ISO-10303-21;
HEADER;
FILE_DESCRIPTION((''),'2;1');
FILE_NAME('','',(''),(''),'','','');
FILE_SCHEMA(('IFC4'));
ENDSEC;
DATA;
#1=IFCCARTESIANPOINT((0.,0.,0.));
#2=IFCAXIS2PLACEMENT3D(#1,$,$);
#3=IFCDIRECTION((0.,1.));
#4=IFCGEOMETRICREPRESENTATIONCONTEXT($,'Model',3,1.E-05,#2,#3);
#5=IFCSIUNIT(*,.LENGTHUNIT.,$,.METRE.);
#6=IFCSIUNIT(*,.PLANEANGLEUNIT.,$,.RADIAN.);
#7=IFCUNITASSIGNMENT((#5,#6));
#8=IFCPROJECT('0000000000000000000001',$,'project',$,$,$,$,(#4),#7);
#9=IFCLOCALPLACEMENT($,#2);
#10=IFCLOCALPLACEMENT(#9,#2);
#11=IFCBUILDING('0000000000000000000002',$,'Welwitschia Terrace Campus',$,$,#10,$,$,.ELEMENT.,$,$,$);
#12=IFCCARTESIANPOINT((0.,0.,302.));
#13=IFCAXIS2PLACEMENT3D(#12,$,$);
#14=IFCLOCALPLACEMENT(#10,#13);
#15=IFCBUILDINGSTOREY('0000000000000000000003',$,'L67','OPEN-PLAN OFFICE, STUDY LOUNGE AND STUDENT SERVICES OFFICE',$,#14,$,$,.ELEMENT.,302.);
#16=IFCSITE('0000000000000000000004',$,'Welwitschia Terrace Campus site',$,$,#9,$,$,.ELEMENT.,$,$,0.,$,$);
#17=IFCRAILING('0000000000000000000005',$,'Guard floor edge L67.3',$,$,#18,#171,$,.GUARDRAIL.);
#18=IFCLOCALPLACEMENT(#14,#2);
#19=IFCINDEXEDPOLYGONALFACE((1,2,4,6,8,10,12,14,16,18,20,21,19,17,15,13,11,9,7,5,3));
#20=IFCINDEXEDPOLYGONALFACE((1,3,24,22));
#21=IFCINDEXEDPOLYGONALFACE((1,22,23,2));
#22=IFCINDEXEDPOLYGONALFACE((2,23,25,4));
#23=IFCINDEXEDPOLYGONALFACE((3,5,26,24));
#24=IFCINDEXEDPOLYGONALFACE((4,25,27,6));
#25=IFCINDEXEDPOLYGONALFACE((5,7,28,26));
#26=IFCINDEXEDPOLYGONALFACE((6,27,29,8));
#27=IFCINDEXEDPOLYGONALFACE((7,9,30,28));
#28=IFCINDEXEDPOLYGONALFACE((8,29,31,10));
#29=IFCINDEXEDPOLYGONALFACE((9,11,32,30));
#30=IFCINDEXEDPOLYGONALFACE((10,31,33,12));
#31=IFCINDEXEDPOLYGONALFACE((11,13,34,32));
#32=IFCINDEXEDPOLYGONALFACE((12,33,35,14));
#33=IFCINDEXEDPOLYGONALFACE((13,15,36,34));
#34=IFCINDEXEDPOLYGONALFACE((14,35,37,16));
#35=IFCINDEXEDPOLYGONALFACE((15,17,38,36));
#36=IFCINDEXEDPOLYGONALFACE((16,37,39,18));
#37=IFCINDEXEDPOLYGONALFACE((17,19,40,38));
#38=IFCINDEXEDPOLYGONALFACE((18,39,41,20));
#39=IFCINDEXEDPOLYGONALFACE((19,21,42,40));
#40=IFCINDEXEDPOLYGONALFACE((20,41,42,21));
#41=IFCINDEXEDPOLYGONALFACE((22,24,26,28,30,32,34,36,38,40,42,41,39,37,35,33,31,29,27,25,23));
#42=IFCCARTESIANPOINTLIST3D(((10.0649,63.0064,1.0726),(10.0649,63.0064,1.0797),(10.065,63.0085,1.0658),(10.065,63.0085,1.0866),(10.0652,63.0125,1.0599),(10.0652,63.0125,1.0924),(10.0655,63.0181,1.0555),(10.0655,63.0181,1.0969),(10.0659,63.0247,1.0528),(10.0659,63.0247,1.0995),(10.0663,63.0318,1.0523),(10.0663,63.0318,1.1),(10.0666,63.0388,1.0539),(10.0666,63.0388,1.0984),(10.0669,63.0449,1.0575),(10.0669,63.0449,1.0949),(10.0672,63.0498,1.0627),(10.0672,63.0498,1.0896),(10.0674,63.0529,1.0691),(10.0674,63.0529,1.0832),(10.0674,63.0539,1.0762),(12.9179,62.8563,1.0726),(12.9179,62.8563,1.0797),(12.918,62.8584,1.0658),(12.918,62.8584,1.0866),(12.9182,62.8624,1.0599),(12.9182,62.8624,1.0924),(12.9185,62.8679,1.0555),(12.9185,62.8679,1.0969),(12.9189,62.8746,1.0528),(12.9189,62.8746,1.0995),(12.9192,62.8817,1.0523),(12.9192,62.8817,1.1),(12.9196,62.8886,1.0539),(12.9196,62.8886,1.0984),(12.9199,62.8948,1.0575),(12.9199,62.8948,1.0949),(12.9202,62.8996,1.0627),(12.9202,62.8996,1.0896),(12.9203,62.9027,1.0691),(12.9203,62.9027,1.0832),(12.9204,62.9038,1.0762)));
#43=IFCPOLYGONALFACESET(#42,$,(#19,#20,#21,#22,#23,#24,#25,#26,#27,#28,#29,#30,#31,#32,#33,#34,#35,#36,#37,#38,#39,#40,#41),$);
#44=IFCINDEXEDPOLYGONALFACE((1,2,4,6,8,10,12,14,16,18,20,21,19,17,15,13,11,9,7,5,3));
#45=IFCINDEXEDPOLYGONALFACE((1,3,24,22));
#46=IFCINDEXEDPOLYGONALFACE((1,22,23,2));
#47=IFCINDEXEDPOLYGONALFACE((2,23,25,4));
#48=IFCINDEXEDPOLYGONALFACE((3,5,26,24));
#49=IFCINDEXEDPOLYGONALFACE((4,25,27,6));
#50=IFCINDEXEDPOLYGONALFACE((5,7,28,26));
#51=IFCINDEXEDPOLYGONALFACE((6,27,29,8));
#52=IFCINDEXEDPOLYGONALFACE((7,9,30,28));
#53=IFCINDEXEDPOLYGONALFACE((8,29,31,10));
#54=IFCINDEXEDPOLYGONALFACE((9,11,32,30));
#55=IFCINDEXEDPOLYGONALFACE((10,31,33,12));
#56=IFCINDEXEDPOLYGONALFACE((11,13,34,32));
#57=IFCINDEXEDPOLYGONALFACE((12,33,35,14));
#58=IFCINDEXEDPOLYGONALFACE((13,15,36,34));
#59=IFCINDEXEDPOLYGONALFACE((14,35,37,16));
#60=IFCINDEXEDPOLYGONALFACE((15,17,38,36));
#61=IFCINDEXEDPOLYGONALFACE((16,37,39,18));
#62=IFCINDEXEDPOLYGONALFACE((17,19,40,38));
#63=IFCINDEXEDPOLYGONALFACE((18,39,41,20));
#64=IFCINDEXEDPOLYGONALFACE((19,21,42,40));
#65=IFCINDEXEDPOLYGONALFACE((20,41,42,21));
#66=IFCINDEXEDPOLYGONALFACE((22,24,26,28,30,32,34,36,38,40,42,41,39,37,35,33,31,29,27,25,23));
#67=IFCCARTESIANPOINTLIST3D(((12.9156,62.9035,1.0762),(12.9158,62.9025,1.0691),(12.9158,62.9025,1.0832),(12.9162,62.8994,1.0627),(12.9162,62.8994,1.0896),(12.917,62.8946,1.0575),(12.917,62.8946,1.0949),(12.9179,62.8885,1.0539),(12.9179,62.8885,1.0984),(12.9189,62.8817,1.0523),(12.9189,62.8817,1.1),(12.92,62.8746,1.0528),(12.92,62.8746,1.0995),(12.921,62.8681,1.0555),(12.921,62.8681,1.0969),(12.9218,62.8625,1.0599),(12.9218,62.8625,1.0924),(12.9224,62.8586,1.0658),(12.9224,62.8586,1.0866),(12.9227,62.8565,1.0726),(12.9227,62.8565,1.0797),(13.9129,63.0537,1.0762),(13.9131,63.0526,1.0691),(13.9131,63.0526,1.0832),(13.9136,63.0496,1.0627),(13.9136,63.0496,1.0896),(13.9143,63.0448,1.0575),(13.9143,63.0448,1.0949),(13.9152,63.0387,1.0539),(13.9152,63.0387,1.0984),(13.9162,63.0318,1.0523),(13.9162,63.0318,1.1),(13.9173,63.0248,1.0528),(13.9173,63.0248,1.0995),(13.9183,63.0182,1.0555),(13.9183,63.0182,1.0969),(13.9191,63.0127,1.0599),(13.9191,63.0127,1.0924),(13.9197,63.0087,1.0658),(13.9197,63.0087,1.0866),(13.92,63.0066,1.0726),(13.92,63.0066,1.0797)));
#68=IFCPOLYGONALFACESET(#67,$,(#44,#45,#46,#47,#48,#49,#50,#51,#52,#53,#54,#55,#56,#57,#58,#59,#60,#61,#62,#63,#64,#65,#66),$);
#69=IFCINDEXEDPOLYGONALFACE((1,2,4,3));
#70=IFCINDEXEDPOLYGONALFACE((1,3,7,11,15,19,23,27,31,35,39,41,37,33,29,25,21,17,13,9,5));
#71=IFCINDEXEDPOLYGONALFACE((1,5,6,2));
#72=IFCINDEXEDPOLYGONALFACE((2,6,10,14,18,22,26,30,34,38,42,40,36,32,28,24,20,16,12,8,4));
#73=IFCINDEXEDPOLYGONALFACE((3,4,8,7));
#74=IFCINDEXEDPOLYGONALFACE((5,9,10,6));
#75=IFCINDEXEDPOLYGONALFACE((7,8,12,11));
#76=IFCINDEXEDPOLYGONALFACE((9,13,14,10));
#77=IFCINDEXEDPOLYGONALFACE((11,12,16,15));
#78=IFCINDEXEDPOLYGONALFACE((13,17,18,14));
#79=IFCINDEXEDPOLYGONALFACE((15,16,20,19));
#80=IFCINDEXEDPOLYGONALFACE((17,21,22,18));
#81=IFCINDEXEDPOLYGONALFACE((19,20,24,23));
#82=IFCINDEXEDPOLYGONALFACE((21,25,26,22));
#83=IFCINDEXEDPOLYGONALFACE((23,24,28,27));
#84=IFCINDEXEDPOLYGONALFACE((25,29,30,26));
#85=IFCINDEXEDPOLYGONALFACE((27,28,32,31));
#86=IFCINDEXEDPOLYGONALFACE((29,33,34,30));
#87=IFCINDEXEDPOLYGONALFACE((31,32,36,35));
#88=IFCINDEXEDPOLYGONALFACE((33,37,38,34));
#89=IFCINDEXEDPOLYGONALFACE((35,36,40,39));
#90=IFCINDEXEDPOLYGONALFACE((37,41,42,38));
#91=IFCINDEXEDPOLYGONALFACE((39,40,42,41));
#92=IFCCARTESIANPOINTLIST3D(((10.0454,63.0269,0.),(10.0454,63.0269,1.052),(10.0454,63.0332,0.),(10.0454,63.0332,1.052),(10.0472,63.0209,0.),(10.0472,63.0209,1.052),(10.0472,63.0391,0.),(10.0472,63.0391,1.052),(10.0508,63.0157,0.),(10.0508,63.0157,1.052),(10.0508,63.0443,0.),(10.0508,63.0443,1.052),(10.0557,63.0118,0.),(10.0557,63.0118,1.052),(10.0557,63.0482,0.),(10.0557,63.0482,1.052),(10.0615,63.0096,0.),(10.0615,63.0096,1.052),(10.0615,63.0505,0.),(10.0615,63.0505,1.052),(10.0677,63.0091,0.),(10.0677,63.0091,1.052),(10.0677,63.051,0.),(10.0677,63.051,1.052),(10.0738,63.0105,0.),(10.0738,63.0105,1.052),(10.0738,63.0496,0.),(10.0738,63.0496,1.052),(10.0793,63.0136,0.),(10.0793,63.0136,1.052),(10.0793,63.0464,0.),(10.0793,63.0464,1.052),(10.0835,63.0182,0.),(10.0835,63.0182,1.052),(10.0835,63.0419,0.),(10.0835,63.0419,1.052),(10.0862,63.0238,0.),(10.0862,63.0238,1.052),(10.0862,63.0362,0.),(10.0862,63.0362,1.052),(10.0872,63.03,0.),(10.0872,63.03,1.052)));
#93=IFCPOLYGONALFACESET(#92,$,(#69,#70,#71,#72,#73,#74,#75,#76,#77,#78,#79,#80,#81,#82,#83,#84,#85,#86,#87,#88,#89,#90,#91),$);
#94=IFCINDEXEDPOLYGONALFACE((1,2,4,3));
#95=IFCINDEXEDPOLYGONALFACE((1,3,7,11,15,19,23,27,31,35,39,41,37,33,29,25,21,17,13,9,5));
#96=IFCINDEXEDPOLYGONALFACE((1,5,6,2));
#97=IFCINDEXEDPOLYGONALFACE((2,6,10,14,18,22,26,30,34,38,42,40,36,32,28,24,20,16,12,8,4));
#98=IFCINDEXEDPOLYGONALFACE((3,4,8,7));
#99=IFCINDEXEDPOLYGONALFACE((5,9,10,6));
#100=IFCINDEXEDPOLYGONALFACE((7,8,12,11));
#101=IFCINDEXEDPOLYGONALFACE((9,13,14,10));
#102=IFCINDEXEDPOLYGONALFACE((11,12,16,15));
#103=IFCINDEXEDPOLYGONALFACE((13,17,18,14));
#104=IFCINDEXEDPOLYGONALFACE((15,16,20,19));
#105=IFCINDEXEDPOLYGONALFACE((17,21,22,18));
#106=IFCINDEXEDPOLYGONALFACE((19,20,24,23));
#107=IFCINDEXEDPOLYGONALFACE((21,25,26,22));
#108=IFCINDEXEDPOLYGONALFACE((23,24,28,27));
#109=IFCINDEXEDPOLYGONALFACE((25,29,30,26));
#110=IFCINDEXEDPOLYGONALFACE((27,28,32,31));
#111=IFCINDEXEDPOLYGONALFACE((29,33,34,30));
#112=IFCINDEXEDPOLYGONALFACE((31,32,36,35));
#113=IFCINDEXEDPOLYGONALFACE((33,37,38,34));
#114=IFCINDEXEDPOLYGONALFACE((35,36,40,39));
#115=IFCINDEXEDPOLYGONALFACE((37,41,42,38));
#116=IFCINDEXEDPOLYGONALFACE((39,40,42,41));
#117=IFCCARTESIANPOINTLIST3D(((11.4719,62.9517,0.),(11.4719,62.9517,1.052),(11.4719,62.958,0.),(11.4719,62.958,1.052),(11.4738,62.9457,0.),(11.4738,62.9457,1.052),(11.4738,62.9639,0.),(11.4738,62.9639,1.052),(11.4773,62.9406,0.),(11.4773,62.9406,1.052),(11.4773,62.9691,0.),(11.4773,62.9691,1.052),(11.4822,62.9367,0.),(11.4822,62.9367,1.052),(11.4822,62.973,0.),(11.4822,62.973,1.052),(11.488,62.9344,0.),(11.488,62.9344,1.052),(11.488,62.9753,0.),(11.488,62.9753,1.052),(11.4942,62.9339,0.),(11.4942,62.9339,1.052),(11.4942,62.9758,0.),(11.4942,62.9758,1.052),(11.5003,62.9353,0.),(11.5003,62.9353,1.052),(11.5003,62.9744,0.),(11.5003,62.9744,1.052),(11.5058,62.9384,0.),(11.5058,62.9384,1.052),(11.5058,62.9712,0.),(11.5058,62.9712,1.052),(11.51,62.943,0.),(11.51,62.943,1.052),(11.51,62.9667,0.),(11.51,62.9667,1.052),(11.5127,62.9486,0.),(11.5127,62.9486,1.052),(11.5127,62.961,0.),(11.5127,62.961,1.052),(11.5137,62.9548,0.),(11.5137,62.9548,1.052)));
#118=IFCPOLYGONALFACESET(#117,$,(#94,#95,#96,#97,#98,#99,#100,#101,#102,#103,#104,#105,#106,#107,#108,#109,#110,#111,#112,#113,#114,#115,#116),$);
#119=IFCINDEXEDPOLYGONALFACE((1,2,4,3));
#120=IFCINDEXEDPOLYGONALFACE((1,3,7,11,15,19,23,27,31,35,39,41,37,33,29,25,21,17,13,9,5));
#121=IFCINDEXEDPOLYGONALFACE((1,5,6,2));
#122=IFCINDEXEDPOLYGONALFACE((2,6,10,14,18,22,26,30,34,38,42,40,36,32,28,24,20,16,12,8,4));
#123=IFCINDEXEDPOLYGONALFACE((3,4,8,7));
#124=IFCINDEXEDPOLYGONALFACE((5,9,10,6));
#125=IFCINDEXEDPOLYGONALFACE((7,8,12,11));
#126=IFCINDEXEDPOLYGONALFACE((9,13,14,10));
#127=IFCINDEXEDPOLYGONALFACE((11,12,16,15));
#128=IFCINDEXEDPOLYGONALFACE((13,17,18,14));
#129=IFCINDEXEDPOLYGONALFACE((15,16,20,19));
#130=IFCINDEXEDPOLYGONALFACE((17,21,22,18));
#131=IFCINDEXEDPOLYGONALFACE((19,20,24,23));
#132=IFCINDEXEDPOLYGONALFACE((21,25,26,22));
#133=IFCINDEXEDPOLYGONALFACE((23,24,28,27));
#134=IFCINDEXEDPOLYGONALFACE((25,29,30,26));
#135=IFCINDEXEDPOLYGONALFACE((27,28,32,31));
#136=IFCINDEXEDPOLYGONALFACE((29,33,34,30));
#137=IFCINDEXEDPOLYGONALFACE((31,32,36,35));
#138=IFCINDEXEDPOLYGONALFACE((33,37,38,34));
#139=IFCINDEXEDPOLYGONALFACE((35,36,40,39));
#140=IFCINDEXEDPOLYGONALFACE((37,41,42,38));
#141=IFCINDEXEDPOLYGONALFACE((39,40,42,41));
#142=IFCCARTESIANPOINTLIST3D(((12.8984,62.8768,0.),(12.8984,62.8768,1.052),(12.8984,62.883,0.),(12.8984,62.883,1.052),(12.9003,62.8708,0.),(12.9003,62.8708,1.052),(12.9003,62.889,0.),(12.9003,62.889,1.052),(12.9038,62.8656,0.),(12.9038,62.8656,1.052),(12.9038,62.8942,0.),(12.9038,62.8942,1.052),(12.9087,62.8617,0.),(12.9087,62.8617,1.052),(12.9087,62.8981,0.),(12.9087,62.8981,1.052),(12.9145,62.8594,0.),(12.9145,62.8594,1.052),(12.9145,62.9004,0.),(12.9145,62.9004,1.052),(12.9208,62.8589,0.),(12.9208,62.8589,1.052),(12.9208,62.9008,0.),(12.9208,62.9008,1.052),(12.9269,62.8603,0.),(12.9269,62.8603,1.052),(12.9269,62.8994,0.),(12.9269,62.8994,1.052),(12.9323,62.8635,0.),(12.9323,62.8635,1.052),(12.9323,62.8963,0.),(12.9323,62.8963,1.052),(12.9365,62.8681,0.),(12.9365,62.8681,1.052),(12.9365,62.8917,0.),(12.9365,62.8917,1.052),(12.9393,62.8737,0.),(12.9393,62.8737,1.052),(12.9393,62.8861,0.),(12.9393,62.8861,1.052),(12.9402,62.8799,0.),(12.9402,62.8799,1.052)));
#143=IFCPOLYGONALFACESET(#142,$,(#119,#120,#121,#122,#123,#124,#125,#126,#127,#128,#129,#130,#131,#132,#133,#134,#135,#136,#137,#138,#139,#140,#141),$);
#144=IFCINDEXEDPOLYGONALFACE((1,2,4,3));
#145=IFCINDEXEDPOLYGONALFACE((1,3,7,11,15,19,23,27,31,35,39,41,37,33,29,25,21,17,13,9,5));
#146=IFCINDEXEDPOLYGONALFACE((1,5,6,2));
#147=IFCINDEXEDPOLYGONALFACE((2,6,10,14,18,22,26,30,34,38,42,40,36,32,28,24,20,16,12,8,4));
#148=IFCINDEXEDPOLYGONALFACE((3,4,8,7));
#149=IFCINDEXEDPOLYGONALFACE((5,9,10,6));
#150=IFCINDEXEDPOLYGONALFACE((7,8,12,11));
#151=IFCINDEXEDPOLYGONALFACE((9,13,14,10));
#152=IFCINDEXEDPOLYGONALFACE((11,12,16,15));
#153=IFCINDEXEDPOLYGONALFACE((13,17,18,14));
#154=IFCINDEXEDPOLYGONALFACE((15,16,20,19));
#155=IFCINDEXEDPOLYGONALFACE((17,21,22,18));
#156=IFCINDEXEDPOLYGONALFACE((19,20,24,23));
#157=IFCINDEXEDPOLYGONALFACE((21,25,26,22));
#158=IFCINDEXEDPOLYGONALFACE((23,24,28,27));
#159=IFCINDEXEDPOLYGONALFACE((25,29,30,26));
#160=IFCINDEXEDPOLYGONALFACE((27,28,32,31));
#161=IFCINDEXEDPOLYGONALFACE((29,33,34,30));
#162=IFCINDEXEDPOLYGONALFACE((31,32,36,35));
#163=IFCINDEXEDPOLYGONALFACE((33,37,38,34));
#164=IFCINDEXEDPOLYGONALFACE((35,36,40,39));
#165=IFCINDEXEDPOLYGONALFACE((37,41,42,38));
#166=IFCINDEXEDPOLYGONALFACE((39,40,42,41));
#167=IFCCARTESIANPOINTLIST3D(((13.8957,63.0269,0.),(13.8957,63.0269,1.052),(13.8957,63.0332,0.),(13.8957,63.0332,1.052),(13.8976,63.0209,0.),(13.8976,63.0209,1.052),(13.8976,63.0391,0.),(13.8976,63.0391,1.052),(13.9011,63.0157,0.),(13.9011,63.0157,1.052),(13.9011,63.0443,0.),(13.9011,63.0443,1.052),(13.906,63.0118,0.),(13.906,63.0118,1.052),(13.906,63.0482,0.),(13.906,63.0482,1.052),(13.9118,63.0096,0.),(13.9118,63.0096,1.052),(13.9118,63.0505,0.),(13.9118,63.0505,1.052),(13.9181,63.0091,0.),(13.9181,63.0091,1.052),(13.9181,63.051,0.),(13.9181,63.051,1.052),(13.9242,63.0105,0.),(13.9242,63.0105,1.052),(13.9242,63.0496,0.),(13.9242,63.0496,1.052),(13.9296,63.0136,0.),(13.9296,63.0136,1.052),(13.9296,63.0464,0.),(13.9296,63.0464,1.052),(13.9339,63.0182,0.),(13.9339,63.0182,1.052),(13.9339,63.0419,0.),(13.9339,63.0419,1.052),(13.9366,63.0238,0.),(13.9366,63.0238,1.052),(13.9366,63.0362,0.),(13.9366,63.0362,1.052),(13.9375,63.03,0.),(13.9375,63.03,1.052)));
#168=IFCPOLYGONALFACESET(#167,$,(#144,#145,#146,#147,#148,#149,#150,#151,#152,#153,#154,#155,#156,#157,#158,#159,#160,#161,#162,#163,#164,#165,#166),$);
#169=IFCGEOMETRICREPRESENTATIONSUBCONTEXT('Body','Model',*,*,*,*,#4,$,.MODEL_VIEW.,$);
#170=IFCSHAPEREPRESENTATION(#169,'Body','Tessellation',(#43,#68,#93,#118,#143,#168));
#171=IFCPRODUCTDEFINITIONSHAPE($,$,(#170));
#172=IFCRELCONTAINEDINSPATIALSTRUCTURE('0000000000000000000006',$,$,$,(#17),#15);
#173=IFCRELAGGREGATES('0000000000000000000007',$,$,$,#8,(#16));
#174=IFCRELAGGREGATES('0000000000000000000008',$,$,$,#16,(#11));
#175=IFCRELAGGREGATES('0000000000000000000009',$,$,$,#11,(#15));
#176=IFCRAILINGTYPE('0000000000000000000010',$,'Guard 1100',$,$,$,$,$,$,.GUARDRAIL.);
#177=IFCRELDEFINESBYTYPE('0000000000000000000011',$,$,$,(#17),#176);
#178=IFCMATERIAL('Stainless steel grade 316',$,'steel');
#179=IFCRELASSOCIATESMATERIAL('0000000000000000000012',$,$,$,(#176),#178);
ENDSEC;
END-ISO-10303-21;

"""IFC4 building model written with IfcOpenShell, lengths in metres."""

from ifc_helpers import new_model, si_unit, direction, frame, origin, origin_2d, place, context, subcontext, project, spatial, circle, extrude, material, type_object, element, save


model = new_model("IFC4")

# Units and contexts
model_context = context("Model", 3, precision=1e-05, world=origin(), true_north=direction((0.0, 1.0)))
body_context = subcontext(model_context, "Body", "Model", "MODEL_VIEW")
ifc_project = project(units=[si_unit("LENGTHUNIT", "METRE"), si_unit("PLANEANGLEUNIT", "RADIAN")], contexts=[model_context])

# Site, building, storey
site_placement = place(None, origin())
site = spatial("IfcSite", under=ifc_project, at=site_placement, Name="Welwitschia Terrace Campus site", CompositionType="ELEMENT", RefElevation=0.0)
building_placement = place(site_placement, origin())
building = spatial("IfcBuilding", under=site, at=building_placement, Name="Welwitschia Terrace Campus", CompositionType="ELEMENT")
storey_placement = place(building_placement, frame((0.0, 0.0, 302.0)))
storey = spatial("IfcBuildingStorey", under=building, at=storey_placement, Name="L67", Description="OPEN-PLAN OFFICE, STUDY LOUNGE AND STUDENT SERVICES OFFICE", CompositionType="ELEMENT", Elevation=302.0)

# Railing
ifc_material_1 = material(Name="Stainless steel grade 316", Category="steel")
railing_type = type_object("IfcRailingType", Name="Guard 1100", PredefinedType="GUARDRAIL", material=ifc_material_1)
railing_1_placement = place(storey_placement, frame((10.0662, 63.03, 0.0)))
element("IfcRailing", 1, at=railing_1_placement, inside=storey, type_object=railing_type, Name="Guard floor edge L67.3", PredefinedType="GUARDRAIL", context=body_context, shape_type="SweptSolid", body=[
    extrude(circle(Radius=0.0239, at=origin_2d()), frame((0.0, 0.0, 1.0762), z_axis=(0.998618, -0.052554, 0.0), x_axis=(0.052554, 0.998618, 0.0)), (0.0, 0.0, 1.0), 2.8569),
    extrude(circle(Radius=0.0239, at=origin_2d()), frame((2.853, -0.1501, 1.0762), z_axis=(0.988856, 0.148873, 0.0), x_axis=(-0.148873, 0.988856, 0.0)), (0.0, 0.0, 1.0), 1.0085),
    extrude(circle(Radius=0.021, at=origin_2d()), origin(), (0.0, 0.0, 1.0), 1.052),
    extrude(circle(Radius=0.021, at=origin_2d()), frame((1.4265, -0.0752, 0.0)), (0.0, 0.0, 1.0), 1.052),
    extrude(circle(Radius=0.021, at=origin_2d()), frame((2.853, -0.1501, 0.0)), (0.0, 0.0, 1.0), 1.052),
    extrude(circle(Radius=0.021, at=origin_2d()), frame((3.8503, 0.0, 0.0)), (0.0, 0.0, 1.0), 1.052),
])

save(model, "model.ifc")
